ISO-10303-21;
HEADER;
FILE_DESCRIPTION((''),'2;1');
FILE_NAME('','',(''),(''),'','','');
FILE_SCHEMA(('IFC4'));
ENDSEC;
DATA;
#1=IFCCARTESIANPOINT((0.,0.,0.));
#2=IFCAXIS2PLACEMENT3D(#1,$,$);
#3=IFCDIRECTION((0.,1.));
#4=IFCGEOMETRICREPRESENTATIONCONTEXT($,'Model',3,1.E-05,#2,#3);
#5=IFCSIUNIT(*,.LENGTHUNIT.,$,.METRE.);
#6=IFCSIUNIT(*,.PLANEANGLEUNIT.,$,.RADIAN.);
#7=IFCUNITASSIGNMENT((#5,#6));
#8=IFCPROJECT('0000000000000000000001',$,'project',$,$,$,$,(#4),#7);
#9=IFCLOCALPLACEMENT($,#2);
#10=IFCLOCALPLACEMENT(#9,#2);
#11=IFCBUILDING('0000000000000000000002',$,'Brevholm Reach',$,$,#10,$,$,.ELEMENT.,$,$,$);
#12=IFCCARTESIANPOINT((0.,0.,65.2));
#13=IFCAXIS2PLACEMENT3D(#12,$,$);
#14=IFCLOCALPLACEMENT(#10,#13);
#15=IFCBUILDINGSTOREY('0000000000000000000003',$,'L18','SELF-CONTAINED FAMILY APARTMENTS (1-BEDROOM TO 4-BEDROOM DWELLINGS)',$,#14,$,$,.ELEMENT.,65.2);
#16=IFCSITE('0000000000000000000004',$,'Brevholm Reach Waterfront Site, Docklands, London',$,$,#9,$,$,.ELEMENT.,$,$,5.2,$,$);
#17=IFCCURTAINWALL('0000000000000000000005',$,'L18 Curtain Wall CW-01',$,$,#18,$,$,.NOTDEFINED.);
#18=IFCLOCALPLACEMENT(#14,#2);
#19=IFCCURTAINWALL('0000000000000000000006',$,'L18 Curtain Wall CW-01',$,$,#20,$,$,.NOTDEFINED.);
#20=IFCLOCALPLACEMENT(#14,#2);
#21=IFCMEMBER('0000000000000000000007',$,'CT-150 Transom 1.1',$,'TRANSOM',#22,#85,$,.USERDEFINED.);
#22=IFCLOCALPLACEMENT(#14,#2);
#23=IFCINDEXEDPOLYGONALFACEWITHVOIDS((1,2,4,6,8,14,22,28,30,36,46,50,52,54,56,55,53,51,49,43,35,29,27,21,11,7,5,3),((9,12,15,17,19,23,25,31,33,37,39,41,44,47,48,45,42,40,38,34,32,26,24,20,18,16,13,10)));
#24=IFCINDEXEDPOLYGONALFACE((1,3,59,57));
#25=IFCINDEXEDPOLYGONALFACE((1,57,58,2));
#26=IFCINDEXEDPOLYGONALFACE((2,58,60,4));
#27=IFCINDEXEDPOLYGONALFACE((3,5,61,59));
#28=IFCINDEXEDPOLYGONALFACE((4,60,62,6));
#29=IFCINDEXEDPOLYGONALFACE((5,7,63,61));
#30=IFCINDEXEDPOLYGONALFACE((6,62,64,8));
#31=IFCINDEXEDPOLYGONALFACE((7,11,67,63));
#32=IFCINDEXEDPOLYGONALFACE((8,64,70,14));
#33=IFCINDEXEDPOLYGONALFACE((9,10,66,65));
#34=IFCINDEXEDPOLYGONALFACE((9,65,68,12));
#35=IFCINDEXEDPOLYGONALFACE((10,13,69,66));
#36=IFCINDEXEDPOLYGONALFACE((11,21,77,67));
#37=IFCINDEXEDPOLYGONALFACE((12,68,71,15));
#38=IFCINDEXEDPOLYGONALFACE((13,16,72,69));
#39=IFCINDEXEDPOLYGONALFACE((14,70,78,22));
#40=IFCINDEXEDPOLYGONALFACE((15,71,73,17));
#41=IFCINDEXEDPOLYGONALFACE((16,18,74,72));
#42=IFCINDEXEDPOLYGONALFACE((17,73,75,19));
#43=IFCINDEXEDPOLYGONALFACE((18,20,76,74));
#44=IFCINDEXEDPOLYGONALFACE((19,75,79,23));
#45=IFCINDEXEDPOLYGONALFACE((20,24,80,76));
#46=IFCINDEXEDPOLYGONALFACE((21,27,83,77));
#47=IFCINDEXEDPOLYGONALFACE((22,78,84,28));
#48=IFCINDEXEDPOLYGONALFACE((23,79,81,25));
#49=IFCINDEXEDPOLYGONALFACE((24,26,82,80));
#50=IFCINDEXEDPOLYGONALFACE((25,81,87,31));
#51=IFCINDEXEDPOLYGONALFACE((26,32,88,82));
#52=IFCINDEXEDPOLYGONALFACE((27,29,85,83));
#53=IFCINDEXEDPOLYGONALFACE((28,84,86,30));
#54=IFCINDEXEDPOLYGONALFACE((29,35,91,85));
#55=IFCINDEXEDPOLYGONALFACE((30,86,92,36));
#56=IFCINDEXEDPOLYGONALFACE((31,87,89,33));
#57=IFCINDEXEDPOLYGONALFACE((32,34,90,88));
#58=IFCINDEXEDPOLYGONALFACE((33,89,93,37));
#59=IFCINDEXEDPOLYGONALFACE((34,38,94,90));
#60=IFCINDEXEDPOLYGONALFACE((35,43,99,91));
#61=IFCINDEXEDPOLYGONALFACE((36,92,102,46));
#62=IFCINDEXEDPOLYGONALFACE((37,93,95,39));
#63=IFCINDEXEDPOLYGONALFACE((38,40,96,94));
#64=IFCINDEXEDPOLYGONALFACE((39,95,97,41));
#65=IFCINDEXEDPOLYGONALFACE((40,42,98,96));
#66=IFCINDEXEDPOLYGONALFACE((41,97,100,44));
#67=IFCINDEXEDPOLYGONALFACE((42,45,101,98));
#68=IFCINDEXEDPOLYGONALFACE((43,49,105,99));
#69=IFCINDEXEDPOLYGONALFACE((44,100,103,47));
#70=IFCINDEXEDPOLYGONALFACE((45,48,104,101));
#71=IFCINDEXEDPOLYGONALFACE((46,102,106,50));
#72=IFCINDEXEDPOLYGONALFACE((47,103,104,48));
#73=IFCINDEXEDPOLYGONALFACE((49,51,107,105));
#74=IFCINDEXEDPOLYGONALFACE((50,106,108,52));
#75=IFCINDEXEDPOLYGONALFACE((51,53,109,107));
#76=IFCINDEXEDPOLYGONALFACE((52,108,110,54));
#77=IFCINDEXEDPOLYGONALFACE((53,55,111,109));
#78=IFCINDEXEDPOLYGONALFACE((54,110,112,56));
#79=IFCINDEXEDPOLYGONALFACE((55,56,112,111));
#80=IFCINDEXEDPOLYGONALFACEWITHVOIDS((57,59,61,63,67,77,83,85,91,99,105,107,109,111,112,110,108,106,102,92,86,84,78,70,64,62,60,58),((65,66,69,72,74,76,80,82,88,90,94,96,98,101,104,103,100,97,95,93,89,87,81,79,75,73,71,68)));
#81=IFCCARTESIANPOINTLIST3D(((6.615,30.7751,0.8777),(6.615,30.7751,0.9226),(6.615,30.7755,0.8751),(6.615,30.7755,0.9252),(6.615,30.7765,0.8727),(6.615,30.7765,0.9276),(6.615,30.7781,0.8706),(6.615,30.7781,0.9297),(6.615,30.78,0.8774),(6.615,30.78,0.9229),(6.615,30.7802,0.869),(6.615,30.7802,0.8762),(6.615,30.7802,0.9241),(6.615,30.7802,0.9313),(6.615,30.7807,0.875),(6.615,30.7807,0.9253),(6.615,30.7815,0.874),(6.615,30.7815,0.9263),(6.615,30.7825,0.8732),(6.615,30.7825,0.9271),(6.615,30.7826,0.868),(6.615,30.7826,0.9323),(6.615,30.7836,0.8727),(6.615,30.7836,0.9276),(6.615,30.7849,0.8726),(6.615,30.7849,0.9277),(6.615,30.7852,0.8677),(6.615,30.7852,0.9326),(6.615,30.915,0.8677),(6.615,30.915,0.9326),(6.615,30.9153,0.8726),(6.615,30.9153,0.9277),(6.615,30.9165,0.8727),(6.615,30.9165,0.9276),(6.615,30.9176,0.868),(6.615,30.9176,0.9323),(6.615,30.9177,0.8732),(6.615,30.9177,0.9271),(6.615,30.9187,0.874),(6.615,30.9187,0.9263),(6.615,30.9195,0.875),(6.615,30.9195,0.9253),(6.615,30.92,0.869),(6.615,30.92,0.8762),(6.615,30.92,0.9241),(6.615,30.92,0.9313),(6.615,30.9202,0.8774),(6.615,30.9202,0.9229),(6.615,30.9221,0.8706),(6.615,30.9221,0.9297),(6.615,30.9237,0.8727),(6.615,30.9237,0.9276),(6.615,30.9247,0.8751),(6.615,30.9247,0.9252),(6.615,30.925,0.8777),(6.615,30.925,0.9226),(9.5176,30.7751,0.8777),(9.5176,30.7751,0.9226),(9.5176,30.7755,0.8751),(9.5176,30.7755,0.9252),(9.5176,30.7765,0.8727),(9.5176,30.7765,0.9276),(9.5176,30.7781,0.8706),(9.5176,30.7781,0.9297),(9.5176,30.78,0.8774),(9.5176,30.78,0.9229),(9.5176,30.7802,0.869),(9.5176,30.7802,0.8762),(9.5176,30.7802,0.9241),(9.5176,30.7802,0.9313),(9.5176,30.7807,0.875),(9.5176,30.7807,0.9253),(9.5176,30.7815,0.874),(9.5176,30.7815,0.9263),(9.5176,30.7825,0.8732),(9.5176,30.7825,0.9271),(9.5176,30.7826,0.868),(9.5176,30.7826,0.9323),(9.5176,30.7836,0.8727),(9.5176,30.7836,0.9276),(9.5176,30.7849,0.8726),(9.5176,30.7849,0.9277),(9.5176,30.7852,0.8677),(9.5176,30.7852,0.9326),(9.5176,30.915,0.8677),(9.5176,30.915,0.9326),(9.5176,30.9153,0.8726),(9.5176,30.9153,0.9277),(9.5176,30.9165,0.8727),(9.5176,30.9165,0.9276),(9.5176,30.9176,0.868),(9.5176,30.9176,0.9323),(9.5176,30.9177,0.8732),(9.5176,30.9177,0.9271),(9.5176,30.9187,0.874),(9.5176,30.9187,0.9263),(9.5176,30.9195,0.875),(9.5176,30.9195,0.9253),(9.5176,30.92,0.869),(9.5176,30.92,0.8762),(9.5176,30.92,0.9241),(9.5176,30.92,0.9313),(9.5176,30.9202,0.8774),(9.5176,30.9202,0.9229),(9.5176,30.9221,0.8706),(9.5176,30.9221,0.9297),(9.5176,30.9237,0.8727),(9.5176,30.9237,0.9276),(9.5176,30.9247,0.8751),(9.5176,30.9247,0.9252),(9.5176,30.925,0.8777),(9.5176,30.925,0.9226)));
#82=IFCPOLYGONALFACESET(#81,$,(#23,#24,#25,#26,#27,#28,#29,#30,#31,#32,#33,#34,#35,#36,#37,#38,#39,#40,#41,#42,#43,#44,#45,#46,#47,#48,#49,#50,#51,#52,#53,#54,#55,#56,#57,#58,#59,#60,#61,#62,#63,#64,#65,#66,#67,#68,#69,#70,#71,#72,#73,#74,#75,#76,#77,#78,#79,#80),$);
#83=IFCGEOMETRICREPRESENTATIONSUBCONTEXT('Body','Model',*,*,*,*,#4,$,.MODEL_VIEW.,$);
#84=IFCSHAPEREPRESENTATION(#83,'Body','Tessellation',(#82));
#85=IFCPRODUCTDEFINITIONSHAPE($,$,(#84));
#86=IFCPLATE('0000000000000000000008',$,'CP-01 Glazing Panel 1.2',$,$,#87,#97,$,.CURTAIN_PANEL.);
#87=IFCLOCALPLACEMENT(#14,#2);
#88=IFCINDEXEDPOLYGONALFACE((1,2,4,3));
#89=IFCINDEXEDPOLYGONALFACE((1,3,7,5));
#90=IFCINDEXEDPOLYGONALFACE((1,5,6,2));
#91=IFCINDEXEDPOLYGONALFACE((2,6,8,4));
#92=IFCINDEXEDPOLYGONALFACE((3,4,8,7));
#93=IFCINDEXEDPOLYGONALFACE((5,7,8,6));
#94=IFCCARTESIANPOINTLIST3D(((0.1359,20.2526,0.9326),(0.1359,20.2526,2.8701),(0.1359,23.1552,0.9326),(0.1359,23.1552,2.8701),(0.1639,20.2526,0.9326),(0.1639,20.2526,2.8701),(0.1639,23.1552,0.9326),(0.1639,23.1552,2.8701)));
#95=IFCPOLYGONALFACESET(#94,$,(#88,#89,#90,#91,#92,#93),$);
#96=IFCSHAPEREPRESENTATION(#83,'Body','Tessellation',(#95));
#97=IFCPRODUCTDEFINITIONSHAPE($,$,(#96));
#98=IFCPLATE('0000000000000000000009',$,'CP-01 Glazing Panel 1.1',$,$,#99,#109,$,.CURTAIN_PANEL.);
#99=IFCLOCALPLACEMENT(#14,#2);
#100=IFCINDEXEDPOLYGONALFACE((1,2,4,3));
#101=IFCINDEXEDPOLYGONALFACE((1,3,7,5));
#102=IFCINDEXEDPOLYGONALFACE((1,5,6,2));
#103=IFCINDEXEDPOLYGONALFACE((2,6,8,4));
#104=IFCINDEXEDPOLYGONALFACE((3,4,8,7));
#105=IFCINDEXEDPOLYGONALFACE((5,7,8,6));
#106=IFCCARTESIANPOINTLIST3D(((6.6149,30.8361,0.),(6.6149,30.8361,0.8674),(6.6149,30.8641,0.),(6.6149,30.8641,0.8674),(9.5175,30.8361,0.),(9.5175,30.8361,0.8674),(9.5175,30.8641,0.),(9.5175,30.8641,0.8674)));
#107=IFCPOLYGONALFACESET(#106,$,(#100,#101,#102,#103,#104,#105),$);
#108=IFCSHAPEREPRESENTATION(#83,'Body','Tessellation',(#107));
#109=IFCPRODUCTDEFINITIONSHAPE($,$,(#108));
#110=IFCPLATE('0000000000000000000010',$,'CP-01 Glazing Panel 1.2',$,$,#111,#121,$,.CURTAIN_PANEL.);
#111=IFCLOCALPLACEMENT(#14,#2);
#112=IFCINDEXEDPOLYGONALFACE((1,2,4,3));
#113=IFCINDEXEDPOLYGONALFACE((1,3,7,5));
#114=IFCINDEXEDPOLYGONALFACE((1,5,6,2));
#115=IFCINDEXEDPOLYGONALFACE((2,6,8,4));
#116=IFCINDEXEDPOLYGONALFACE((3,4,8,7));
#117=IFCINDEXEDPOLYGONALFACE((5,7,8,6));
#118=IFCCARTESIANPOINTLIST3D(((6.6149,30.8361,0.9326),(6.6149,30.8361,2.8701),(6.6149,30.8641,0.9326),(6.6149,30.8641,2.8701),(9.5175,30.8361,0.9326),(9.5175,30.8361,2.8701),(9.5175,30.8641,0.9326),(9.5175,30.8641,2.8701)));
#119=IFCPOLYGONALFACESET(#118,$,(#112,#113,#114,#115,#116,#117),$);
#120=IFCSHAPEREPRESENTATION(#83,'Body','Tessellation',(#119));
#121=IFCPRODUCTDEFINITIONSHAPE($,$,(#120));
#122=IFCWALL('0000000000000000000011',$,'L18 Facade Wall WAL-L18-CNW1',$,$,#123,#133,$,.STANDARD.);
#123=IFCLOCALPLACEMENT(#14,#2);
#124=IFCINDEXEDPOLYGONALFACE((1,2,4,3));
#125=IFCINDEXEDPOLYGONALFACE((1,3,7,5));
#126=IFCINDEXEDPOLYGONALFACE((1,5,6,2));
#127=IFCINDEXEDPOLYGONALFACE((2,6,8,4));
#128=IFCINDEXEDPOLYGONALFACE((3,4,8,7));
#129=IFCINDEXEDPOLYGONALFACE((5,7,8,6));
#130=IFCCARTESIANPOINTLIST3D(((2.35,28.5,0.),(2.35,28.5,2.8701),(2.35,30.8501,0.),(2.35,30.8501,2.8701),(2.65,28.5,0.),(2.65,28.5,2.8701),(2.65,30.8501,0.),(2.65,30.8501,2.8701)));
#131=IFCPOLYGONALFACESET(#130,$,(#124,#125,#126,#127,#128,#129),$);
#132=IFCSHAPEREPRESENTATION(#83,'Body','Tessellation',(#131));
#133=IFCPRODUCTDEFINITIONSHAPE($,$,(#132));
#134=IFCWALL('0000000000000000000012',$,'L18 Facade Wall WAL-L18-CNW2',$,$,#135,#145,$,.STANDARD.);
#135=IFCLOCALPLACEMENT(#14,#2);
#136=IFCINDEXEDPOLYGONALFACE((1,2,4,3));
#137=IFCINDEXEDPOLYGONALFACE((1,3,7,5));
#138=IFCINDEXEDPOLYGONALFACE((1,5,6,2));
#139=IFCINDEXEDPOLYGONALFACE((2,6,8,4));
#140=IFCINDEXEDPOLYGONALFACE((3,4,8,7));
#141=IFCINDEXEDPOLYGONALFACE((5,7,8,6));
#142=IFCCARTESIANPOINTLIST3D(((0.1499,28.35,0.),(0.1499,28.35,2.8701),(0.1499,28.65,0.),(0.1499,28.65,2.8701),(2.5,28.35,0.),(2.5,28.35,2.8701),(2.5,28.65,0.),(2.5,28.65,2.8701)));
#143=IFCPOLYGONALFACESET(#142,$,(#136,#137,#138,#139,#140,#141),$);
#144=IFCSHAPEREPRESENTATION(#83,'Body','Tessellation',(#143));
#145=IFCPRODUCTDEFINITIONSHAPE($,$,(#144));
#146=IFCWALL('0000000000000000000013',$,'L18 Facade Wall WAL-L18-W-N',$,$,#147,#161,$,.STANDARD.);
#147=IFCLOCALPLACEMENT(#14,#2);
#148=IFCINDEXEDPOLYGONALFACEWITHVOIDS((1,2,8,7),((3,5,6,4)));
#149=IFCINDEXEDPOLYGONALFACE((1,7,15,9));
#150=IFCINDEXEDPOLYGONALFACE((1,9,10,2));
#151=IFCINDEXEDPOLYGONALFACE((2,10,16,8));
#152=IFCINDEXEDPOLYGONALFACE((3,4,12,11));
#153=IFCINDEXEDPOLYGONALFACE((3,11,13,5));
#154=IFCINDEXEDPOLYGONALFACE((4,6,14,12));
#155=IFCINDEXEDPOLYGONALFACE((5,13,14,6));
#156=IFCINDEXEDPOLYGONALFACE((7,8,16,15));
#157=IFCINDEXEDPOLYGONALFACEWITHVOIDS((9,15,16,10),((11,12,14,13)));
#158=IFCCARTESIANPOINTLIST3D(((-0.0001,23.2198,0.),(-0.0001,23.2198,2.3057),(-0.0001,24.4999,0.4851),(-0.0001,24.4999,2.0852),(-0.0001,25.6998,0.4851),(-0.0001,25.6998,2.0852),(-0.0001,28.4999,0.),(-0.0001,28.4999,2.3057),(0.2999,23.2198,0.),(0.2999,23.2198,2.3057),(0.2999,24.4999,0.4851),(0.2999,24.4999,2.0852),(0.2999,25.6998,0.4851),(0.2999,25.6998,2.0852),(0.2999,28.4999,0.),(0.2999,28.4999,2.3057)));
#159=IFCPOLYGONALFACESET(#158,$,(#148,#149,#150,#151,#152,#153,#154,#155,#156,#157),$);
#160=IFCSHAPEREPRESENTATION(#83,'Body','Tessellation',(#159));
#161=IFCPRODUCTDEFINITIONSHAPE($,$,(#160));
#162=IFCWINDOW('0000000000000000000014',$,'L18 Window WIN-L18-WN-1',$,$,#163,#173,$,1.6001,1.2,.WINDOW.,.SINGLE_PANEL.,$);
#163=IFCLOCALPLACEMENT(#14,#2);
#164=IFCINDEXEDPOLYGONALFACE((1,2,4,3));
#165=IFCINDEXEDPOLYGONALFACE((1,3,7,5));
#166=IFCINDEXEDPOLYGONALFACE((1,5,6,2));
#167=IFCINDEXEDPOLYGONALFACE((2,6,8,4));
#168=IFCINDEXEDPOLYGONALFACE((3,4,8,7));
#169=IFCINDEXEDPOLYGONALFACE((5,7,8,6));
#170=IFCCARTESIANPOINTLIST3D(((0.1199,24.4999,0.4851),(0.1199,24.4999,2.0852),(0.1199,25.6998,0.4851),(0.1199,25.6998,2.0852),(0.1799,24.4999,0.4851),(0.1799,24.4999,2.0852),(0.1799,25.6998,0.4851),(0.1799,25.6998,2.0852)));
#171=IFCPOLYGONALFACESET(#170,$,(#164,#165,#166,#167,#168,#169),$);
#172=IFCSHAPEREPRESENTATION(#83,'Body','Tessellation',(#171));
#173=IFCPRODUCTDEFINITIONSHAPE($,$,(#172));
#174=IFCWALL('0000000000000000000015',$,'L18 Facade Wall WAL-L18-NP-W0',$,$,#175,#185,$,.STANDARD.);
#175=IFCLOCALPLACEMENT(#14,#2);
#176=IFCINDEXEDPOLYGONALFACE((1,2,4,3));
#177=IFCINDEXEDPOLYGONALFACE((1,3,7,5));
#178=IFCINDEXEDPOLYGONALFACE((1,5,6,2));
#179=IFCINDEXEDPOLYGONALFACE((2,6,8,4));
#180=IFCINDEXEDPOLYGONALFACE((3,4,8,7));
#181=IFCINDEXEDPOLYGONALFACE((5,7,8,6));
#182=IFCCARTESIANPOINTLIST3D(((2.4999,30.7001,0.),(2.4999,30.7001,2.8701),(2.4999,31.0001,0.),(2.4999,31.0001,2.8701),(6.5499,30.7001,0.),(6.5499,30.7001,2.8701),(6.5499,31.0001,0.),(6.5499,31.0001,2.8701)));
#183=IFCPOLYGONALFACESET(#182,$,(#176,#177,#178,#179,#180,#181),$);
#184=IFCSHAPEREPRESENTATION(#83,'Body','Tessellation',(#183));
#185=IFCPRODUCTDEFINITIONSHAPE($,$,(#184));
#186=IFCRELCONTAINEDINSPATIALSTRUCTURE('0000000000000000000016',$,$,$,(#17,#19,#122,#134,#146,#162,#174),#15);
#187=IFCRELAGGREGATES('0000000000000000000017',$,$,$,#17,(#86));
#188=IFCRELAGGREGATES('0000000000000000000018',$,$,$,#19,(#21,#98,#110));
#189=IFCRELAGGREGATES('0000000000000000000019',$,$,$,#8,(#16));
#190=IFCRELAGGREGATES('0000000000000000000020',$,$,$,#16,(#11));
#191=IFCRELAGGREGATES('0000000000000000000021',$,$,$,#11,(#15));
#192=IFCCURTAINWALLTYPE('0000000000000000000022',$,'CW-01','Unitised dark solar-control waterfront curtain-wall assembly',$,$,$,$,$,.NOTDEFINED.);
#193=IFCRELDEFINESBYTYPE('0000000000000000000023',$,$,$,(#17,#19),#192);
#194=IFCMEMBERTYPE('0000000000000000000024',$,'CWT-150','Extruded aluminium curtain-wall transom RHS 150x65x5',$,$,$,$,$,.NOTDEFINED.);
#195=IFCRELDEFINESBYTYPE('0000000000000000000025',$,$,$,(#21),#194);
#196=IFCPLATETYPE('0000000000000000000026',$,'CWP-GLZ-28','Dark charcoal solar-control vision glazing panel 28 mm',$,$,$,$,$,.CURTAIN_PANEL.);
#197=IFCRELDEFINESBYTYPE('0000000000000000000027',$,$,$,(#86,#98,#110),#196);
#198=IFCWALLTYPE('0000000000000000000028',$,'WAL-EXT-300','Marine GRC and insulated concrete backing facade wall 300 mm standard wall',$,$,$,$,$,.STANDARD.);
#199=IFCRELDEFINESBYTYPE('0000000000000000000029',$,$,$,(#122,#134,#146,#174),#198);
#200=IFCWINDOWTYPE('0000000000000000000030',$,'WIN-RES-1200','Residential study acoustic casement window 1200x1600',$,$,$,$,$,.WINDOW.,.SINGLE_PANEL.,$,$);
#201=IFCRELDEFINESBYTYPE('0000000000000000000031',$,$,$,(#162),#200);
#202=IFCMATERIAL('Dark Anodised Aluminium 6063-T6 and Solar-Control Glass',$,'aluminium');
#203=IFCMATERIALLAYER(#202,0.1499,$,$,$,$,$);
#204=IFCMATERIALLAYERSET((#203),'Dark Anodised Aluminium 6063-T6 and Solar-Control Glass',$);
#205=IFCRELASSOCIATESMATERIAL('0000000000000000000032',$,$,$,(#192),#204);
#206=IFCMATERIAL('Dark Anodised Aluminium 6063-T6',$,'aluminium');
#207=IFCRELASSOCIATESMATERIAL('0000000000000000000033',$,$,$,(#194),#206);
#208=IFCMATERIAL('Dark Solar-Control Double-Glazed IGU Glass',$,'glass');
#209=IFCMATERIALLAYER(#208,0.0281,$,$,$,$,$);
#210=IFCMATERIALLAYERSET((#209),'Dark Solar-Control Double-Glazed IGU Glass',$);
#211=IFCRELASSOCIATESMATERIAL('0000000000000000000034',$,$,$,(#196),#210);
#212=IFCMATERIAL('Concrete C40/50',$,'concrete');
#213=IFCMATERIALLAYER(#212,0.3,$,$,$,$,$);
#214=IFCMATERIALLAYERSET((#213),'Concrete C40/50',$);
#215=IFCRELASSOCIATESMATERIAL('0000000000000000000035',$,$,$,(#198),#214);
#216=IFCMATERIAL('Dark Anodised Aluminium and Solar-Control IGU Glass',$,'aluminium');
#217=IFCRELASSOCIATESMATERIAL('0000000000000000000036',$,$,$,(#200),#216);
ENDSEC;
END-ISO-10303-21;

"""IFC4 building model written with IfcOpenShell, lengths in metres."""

from ifc_helpers import new_model, si_unit, direction, frame, frame_2d, origin, origin_2d, place, context, subcontext, project, spatial, rectangle, hollow_rectangle, extrude, material, layer, layer_set, material_profile, profile_set, type_object, element, fill, aggregate, save


model = new_model("IFC4")

# Units and contexts
model_context = context("Model", 3, precision=1e-05, world=origin(), true_north=direction((0.0, 1.0)))
body_context = subcontext(model_context, "Body", "Model", "MODEL_VIEW")
ifc_project = project(units=[si_unit("LENGTHUNIT", "METRE"), si_unit("PLANEANGLEUNIT", "RADIAN")], contexts=[model_context])

# Site, building, storey
site_placement = place(None, origin())
site = spatial("IfcSite", under=ifc_project, at=site_placement, Name="Brevholm Reach Waterfront Site, Docklands, London", CompositionType="ELEMENT", RefElevation=5.2)
building_placement = place(site_placement, origin())
building = spatial("IfcBuilding", under=site, at=building_placement, Name="Brevholm Reach", CompositionType="ELEMENT")
storey_placement = place(building_placement, frame((0.0, 0.0, 65.2)))
storey = spatial("IfcBuildingStorey", under=building, at=storey_placement, Name="L18", Description="SELF-CONTAINED FAMILY APARTMENTS (1-BEDROOM TO 4-BEDROOM DWELLINGS)", CompositionType="ELEMENT", Elevation=65.2)

# Curtain wall
ifc_material_1 = material(Name="Dark Anodised Aluminium 6063-T6 and Solar-Control Glass", Category="aluminium")
ifc_layer_1 = layer(ifc_material_1, 0.1499)
ifc_layer_set_1 = layer_set([ifc_layer_1], Name="Dark Anodised Aluminium 6063-T6 and Solar-Control Glass")
curtain_wall_type = type_object("IfcCurtainWallType", Name="CW-01", Description="Unitised dark solar-control waterfront curtain-wall assembly", PredefinedType="NOTDEFINED", material=ifc_layer_set_1)
curtain_wall_1_placement = place(storey_placement, origin())
curtain_wall_1 = element("IfcCurtainWall", 1, at=curtain_wall_1_placement, inside=storey, type_object=curtain_wall_type, Name="L18 Curtain Wall CW-01", PredefinedType="NOTDEFINED")

# Curtain wall
curtain_wall_2_placement = place(storey_placement, origin())
curtain_wall_2 = element("IfcCurtainWall", 2, at=curtain_wall_2_placement, inside=storey, type_object=curtain_wall_type, Name="L18 Curtain Wall CW-01", PredefinedType="NOTDEFINED")

# Member
ifc_material_2 = material(Name="Dark Anodised Aluminium 6063-T6", Category="aluminium")
ifc_material_profile_1 = material_profile(ifc_material_2, hollow_rectangle(XDim=0.0649, YDim=0.1499, WallThickness=0.0049, InnerFilletRadius=0.0049, OuterFilletRadius=0.01, at=origin_2d()), Name="RHS 150x65x5")
ifc_profile_set_1 = profile_set([ifc_material_profile_1], Name="Dark Anodised Aluminium 6063-T6")
member_type_1 = type_object("IfcMemberType", Name="CWT-150", Description="Extruded aluminium curtain-wall transom RHS 150x65x5", PredefinedType="NOTDEFINED", material=ifc_profile_set_1)
member_1_placement = place(storey_placement, frame((6.615, 30.8501, 0.9001), z_axis=(1.0, 0.0, 0.0), x_axis=(0.0, 0.0, 1.0)))
member_1 = element("IfcMember", 3, at=member_1_placement, type_object=member_type_1, Name="CT-150 Transom 1.1", ObjectType="TRANSOM", PredefinedType="USERDEFINED", context=body_context, shape_type="SweptSolid", body=[
    extrude(hollow_rectangle(XDim=0.0649, YDim=0.1499, WallThickness=0.0049, InnerFilletRadius=0.0049, OuterFilletRadius=0.01, at=origin_2d()), origin(), (0.0, 0.0, 1.0), 2.9026),
])

# Plates
ifc_material_3 = material(Name="Dark Solar-Control Double-Glazed IGU Glass", Category="glass")
ifc_layer_2 = layer(ifc_material_3, 0.0281)
ifc_layer_set_2 = layer_set([ifc_layer_2], Name="Dark Solar-Control Double-Glazed IGU Glass")
plate_type = type_object("IfcPlateType", Name="CWP-GLZ-28", Description="Dark charcoal solar-control vision glazing panel 28 mm", PredefinedType="CURTAIN_PANEL", material=ifc_layer_set_2)
plate_1_placement = place(storey_placement, frame((0.1499, 21.7039, 0.9326), z_axis=(0.0, 0.0, 1.0), x_axis=(0.0, -1.0, 0.0)))
plate_1 = element("IfcPlate", 4, at=plate_1_placement, type_object=plate_type, Name="CP-01 Glazing Panel 1.2", PredefinedType="CURTAIN_PANEL", context=body_context, shape_type="SweptSolid", body=[
    extrude(rectangle(XDim=2.9026, YDim=0.0281, at=origin_2d()), origin(), (0.0, 0.0, 1.0), 1.9375),
])
aggregate(curtain_wall_1, [plate_1])
plate_2_placement = place(storey_placement, frame((8.0662, 30.8501, 0.0), z_axis=(0.0, 0.0, 1.0), x_axis=(1.0, 0.0, 0.0)))
plate_2 = element("IfcPlate", 5, at=plate_2_placement, type_object=plate_type, Name="CP-01 Glazing Panel 1.1", PredefinedType="CURTAIN_PANEL", context=body_context, shape_type="SweptSolid", body=[
    extrude(rectangle(XDim=2.9026, YDim=0.0281, at=origin_2d()), origin(), (0.0, 0.0, 1.0), 0.8674),
])
plate_3_placement = place(storey_placement, frame((8.0662, 30.8501, 0.9326), z_axis=(0.0, 0.0, 1.0), x_axis=(1.0, 0.0, 0.0)))
plate_3 = element("IfcPlate", 6, at=plate_3_placement, type_object=plate_type, Name="CP-01 Glazing Panel 1.2", PredefinedType="CURTAIN_PANEL", context=body_context, shape_type="SweptSolid", body=[
    extrude(rectangle(XDim=2.9026, YDim=0.0281, at=origin_2d()), origin(), (0.0, 0.0, 1.0), 1.9375),
])
aggregate(curtain_wall_2, [member_1, plate_2, plate_3])

# Walls
ifc_material_4 = material(Name="Concrete C40/50", Category="concrete")
ifc_layer_3 = layer(ifc_material_4, 0.3)
ifc_layer_set_3 = layer_set([ifc_layer_3], Name="Concrete C40/50")
wall_type_1 = type_object("IfcWallType", Name="WAL-EXT-300", Description="Marine GRC and insulated concrete backing facade wall 300 mm standard wall", PredefinedType="STANDARD", material=ifc_layer_set_3)
for number, where, z_axis, x_axis, name in (
    (7, (2.5, 30.8501, 0.0), (0.0, 0.0, 1.0), (0.0, -1.0, 0.0), "L18 Facade Wall WAL-L18-CNW1"),
    (8, (2.5, 28.5, 0.0), (0.0, 0.0, 1.0), (-1.0, 0.0, 0.0), "L18 Facade Wall WAL-L18-CNW2"),
):
    element("IfcWall", number, at=place(storey_placement, frame(where, z_axis=z_axis, x_axis=x_axis)), inside=storey, type_object=wall_type_1, Name=name, PredefinedType="STANDARD", context=body_context, shape_type="SweptSolid", body=[
        extrude(rectangle(XDim=2.3501, YDim=0.3, at=frame_2d((1.175, 0.0))), origin(), (0.0, 0.0, 1.0), 2.8701),
    ])

# Wall, opening, window
wall_1_placement = place(storey_placement, frame((0.1499, 28.5, 0.0), z_axis=(0.0, 0.0, 1.0), x_axis=(0.0, -1.0, 0.0)))
wall_1 = element("IfcWall", 9, at=wall_1_placement, inside=storey, type_object=wall_type_1, Name="L18 Facade Wall WAL-L18-W-N", PredefinedType="STANDARD", context=body_context, shape_type="SweptSolid", body=[
    extrude(rectangle(XDim=5.28, YDim=0.3, at=frame_2d((2.6401, 0.0))), origin(), (0.0, 0.0, 1.0), 2.3057),
])
opening_1_placement = place(wall_1_placement, frame((2.8, 0.0, 0.4851)))
opening_1 = element("IfcOpeningElement", 10, at=opening_1_placement, cuts=wall_1, PredefinedType="OPENING", context=body_context, shape_type="SweptSolid", body=[
    extrude(rectangle(XDim=1.2, YDim=1.6001, at=frame_2d((0.6001, 0.8))), frame((0.0, 0.1599, 0.0), z_axis=(0.0, -1.0, 0.0), x_axis=(1.0, 0.0, 0.0)), (0.0, 0.0, 1.0), 0.3201),
])
ifc_material_5 = material(Name="Dark Anodised Aluminium and Solar-Control IGU Glass", Category="aluminium")
window_type = type_object("IfcWindowType", Name="WIN-RES-1200", Description="Residential study acoustic casement window 1200x1600", PartitioningType="SINGLE_PANEL", PredefinedType="WINDOW", material=ifc_material_5)
window_placement = place(opening_1_placement, origin())
window = element("IfcWindow", 11, at=window_placement, inside=storey, type_object=window_type, Name="L18 Window WIN-L18-WN-1", OverallHeight=1.6001, OverallWidth=1.2, PartitioningType="SINGLE_PANEL", PredefinedType="WINDOW", context=body_context, shape_type="SweptSolid", body=[
    extrude(rectangle(XDim=1.2, YDim=1.6001, at=frame_2d((0.6001, 0.8))), frame((0.0, 0.03, 0.0), z_axis=(0.0, -1.0, 0.0), x_axis=(1.0, 0.0, 0.0)), (0.0, 0.0, 1.0), 0.0601),
])
fill(opening_1, window)

# Wall
wall_2_placement = place(storey_placement, frame((2.5, 30.8501, 0.0), z_axis=(0.0, 0.0, 1.0), x_axis=(1.0, 0.0, 0.0)))
element("IfcWall", 12, at=wall_2_placement, inside=storey, type_object=wall_type_1, Name="L18 Facade Wall WAL-L18-NP-W0", PredefinedType="STANDARD", context=body_context, shape_type="SweptSolid", body=[
    extrude(rectangle(XDim=4.05, YDim=0.3, at=frame_2d((2.0249, 0.0))), origin(), (0.0, 0.0, 1.0), 2.8701),
])

save(model, "model.ifc")
